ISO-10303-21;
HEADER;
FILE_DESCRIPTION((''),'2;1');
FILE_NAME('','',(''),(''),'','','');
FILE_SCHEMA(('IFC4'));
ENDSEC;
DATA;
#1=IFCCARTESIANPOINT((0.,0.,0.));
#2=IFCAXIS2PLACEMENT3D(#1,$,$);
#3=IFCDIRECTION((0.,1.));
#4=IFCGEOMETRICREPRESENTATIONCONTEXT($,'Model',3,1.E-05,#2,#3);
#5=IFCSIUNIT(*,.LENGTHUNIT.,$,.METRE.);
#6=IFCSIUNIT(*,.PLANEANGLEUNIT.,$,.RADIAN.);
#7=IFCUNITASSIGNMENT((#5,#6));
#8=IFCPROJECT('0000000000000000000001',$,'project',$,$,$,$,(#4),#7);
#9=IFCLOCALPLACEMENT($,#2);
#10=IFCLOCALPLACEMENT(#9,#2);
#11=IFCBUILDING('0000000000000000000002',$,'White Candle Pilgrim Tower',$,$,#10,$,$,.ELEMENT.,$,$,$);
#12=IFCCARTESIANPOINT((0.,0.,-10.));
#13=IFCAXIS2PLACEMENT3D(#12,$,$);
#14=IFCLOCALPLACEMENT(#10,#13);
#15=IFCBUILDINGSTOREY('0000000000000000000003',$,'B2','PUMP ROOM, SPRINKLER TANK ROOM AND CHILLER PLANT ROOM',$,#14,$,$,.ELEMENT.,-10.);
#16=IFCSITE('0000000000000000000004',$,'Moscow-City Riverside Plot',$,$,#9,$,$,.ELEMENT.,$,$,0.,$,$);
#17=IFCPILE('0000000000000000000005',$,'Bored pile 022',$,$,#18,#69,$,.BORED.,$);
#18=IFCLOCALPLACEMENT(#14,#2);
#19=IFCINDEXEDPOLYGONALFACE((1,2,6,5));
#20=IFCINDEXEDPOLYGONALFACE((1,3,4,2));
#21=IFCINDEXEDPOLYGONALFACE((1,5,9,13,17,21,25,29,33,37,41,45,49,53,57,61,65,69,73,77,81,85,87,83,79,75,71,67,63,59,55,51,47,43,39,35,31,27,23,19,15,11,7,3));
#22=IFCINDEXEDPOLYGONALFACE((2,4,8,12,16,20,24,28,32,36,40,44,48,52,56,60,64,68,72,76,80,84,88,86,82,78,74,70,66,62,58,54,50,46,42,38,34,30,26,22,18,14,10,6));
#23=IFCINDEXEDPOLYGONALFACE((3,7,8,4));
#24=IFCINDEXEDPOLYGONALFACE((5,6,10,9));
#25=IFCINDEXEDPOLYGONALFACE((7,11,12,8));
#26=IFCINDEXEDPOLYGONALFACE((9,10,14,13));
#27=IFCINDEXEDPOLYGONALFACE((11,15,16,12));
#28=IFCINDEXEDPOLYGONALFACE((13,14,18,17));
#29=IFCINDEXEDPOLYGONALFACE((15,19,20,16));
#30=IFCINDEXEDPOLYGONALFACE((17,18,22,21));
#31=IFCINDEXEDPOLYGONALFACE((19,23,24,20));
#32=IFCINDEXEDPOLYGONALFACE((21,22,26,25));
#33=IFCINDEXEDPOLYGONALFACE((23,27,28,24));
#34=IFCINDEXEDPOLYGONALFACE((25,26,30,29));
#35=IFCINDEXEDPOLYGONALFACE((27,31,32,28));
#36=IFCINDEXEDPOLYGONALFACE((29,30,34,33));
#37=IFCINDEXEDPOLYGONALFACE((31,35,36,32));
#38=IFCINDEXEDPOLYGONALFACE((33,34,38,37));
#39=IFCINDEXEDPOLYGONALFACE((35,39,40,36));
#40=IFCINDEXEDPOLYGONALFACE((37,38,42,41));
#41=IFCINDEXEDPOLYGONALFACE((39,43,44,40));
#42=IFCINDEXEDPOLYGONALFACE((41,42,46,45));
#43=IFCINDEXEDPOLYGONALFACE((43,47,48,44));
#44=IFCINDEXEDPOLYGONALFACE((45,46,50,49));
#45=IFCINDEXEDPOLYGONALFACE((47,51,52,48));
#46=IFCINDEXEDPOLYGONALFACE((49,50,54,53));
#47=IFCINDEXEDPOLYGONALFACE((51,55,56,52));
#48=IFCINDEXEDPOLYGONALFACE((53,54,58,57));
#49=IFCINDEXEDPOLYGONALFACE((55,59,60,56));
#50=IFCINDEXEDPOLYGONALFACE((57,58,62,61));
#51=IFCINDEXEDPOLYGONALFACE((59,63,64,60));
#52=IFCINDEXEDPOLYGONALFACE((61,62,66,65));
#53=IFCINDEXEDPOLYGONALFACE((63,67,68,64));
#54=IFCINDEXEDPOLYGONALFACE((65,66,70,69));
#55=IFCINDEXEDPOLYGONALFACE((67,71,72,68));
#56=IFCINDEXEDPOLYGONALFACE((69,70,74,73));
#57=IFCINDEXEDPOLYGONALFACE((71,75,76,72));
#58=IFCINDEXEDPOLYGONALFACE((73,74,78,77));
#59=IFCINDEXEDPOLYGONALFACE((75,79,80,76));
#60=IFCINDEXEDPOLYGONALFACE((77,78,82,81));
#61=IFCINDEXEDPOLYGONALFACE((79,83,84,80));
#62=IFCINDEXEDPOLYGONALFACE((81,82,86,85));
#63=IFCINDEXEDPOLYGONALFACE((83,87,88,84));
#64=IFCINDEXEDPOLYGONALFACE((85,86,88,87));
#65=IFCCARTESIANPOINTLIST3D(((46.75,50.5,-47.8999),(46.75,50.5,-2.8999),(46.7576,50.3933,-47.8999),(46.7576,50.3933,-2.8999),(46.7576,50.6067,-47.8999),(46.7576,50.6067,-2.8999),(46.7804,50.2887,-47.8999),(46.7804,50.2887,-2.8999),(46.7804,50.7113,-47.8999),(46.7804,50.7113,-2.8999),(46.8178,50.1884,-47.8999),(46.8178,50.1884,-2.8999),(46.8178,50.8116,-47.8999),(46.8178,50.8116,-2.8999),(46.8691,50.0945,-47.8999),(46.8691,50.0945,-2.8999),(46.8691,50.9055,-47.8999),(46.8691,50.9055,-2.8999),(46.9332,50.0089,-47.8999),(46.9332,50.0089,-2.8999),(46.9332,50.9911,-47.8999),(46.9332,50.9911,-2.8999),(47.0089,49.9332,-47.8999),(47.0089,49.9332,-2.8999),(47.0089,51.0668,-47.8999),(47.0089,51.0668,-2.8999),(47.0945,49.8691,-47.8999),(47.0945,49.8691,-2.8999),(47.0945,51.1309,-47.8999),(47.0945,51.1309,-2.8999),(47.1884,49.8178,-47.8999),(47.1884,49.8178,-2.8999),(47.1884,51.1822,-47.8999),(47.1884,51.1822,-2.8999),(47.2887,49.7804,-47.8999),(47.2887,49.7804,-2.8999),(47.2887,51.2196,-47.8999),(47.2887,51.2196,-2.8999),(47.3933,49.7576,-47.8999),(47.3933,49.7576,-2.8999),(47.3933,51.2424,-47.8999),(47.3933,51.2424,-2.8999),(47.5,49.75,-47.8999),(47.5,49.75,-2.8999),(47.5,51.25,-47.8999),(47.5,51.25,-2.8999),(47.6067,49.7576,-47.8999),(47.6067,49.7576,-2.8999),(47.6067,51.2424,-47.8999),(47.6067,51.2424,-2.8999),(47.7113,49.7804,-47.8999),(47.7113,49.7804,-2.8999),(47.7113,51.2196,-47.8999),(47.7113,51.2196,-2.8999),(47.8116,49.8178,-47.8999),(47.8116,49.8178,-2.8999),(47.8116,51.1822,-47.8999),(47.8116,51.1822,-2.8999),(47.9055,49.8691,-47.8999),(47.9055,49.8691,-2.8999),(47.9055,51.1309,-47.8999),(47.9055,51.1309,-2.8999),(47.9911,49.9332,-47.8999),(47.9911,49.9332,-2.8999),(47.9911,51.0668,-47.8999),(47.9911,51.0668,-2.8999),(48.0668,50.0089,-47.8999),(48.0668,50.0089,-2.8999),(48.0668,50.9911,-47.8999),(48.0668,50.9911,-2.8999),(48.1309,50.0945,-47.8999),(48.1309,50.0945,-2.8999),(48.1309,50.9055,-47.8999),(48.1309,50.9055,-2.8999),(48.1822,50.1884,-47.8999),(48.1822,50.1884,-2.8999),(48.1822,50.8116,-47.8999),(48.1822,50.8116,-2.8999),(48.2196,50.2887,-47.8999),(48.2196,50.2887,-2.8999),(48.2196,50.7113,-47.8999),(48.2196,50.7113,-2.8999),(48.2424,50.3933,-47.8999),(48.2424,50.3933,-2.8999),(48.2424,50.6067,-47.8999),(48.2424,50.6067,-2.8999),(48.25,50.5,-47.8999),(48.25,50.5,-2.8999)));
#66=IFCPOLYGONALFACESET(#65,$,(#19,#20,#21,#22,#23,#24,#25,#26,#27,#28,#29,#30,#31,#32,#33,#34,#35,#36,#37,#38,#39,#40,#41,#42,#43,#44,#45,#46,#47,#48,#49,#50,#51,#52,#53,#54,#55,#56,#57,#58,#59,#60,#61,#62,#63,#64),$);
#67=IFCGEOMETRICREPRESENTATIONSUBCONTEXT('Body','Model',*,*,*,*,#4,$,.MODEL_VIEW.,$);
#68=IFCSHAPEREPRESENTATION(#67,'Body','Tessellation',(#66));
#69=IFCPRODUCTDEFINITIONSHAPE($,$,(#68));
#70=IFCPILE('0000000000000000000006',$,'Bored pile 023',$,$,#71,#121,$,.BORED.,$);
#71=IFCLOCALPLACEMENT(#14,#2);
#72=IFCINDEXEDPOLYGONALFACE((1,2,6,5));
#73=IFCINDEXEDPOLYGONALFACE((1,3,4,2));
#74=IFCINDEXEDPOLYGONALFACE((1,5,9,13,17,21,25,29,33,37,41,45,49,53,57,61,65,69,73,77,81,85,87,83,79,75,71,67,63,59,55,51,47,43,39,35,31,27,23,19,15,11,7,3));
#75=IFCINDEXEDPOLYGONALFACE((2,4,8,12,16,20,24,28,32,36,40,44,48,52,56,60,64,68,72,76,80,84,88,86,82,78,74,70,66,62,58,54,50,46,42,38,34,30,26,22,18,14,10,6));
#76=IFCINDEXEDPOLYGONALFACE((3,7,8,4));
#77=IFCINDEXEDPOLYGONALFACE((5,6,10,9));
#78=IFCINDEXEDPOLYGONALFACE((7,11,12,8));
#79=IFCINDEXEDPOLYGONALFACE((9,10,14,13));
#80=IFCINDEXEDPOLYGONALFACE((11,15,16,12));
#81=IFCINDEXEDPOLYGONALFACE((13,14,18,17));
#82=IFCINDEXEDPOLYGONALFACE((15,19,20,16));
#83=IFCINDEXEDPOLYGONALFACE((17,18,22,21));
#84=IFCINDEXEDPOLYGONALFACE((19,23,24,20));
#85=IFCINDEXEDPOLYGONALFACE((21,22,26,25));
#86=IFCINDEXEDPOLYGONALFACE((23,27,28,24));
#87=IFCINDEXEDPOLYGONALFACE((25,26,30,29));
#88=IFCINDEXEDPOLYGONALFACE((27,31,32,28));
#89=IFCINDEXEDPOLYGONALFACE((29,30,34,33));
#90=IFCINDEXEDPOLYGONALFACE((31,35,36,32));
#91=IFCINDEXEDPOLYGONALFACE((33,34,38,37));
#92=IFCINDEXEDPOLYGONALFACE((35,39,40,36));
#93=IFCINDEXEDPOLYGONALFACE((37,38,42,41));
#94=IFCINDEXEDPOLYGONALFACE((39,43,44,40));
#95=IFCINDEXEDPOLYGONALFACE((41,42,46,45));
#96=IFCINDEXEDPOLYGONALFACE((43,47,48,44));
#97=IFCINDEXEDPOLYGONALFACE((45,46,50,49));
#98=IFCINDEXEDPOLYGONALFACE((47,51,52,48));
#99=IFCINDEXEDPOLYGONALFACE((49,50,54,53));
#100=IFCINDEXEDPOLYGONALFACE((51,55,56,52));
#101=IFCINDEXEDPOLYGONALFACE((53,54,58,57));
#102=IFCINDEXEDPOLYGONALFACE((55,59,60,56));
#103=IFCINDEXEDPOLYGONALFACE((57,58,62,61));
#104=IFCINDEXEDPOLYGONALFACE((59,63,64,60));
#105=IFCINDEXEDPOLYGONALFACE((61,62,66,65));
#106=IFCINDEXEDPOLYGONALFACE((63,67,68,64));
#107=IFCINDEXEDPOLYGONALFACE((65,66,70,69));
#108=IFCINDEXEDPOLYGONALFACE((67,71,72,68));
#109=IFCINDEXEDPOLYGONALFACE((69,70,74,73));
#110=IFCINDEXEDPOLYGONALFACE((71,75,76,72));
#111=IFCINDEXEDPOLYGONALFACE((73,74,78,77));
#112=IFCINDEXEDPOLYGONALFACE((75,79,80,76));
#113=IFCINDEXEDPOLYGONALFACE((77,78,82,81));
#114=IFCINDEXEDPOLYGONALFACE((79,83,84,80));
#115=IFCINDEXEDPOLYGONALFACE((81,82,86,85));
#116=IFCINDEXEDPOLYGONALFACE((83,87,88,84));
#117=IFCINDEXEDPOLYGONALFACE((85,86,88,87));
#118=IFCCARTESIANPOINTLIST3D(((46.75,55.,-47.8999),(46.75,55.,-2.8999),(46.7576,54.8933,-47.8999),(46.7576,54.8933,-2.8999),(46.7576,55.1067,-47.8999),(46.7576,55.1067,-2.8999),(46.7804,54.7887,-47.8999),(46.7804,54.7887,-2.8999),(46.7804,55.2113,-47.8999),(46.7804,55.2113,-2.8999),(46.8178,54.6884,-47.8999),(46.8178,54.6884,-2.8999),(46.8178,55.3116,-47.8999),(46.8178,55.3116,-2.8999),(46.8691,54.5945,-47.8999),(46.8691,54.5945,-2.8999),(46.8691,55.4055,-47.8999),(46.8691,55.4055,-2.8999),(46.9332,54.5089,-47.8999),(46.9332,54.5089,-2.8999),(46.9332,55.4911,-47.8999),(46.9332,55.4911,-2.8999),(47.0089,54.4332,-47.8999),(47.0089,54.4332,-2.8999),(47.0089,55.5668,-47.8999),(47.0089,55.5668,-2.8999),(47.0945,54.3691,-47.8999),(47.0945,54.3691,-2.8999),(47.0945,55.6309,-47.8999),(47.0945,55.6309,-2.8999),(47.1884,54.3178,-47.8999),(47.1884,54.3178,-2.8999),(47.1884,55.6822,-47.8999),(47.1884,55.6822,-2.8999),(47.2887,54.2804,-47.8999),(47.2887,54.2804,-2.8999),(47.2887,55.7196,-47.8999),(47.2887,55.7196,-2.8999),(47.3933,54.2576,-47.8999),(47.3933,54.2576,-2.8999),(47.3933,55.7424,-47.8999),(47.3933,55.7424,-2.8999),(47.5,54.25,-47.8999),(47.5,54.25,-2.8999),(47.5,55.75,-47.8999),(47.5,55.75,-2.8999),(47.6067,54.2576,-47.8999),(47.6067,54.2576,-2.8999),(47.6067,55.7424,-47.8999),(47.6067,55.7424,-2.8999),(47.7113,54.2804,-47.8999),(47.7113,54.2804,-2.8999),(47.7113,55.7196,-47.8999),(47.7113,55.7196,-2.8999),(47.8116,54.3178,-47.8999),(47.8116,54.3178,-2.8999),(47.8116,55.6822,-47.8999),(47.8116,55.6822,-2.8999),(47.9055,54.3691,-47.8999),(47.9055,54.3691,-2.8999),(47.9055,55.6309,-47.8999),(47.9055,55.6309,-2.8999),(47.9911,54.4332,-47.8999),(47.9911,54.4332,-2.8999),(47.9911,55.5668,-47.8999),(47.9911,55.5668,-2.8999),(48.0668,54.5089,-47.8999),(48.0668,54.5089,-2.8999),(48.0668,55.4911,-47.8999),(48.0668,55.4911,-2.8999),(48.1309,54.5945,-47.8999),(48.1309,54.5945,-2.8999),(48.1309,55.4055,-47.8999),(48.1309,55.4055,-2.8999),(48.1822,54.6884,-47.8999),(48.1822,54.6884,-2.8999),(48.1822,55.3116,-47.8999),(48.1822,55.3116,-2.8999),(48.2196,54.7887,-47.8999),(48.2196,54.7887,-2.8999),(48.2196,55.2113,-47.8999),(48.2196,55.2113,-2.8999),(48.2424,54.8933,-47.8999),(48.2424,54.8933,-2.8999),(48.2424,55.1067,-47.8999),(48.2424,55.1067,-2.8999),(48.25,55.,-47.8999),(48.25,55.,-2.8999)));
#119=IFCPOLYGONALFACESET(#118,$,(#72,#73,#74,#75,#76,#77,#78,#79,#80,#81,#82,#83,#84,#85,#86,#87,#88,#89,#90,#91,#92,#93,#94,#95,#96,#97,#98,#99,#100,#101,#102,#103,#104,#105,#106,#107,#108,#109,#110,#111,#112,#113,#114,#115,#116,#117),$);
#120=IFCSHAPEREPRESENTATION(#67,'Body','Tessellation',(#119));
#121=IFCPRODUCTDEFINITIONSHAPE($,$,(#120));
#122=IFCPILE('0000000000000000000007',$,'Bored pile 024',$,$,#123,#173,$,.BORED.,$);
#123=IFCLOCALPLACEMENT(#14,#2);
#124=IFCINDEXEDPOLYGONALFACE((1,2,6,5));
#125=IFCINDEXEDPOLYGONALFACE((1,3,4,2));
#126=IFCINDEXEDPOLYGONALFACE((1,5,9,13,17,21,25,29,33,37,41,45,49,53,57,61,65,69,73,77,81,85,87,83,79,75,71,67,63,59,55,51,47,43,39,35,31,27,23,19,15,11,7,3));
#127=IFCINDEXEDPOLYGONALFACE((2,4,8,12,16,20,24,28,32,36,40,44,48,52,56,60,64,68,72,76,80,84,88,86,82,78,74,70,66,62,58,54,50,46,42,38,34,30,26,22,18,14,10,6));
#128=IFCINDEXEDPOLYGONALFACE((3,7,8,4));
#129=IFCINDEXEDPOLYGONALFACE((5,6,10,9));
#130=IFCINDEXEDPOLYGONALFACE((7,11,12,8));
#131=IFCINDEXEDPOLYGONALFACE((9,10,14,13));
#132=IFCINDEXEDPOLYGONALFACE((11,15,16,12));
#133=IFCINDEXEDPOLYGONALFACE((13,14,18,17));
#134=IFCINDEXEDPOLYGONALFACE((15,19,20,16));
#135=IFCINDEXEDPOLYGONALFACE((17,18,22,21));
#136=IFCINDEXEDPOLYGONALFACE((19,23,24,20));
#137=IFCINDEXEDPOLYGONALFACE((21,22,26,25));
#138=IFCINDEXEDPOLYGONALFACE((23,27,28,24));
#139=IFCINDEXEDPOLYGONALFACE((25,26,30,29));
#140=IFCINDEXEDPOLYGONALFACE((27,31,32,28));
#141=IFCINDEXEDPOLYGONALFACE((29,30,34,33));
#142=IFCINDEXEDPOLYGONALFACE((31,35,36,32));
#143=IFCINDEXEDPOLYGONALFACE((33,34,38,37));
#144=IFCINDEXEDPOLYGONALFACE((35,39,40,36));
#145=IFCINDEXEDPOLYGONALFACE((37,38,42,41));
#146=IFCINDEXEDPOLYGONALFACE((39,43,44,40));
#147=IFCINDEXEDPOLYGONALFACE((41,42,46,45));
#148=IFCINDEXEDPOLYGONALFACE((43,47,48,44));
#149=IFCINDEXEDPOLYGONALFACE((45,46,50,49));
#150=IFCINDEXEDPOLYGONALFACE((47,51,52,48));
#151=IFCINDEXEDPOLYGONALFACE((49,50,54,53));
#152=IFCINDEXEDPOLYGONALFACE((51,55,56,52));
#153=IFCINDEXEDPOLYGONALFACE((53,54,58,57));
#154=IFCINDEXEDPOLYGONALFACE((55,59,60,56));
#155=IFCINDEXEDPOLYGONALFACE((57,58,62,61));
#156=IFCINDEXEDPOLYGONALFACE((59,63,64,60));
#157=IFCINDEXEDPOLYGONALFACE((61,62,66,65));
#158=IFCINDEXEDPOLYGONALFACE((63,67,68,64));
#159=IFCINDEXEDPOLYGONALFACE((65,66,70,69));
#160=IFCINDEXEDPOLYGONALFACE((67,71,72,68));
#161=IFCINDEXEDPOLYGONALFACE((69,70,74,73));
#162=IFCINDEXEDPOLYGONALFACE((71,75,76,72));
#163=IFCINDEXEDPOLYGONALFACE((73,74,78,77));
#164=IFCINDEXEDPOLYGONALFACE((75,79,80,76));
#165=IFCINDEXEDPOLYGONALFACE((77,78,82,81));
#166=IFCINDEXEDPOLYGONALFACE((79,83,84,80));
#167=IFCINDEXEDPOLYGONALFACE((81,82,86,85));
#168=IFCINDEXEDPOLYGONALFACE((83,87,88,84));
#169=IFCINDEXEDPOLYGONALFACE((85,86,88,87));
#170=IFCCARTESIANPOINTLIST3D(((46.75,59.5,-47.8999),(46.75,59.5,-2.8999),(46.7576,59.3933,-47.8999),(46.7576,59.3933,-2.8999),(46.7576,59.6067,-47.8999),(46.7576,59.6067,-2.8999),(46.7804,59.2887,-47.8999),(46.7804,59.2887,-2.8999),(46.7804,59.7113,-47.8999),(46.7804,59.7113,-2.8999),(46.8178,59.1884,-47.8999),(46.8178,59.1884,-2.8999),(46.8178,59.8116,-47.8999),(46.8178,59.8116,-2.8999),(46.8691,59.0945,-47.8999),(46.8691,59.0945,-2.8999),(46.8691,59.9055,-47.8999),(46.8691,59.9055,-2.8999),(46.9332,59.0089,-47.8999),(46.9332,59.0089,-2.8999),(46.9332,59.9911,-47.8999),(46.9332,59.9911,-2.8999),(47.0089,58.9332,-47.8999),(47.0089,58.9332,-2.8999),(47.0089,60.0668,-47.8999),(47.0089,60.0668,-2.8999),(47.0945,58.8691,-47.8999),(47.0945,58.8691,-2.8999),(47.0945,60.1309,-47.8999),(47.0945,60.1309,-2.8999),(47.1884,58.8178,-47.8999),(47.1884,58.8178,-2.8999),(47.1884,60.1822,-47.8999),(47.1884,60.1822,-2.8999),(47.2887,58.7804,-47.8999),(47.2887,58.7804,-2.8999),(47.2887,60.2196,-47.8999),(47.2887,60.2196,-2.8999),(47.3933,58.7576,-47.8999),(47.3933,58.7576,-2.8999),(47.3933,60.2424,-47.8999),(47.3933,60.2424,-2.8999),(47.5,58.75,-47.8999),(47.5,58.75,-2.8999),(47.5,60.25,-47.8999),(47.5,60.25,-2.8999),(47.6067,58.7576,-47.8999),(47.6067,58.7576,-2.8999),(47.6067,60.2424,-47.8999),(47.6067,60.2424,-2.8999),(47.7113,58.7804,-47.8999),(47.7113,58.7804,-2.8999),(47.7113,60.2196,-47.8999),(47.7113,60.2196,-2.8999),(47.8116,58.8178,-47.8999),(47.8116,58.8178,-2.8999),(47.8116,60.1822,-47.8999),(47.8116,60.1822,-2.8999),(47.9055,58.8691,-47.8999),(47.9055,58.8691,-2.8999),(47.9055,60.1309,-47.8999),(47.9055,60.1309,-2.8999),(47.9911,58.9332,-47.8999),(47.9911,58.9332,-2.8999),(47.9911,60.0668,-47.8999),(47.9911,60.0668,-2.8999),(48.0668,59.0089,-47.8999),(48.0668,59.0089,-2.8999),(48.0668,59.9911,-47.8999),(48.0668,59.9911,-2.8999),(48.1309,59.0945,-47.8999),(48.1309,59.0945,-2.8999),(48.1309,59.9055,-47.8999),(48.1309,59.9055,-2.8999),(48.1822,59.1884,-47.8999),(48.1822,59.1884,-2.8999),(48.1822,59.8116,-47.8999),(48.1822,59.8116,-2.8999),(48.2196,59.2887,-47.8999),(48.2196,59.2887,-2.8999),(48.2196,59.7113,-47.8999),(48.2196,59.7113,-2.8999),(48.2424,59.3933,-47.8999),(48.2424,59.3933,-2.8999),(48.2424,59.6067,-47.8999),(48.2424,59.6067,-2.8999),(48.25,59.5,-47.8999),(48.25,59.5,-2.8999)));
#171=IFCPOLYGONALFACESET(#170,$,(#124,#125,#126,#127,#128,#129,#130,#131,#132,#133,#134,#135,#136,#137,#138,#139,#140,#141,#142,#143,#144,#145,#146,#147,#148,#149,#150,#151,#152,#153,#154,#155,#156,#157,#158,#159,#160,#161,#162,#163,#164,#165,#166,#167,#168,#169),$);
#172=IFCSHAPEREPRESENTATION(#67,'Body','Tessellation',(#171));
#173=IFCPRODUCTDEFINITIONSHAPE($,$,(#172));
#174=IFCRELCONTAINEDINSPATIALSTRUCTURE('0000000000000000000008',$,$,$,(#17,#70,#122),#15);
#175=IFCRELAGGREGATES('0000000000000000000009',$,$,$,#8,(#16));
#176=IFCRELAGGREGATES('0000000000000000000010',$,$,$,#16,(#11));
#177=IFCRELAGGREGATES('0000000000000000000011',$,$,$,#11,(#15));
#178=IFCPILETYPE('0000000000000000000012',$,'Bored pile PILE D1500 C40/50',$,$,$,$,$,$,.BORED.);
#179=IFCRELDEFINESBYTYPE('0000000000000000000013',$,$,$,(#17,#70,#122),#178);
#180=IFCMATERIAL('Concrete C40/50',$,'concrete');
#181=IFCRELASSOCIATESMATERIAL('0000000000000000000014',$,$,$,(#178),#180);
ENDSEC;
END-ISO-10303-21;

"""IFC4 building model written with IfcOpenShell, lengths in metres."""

from ifc_helpers import new_model, si_unit, direction, frame, origin, origin_2d, place, context, subcontext, project, spatial, circle, extrude, material, material_profile, profile_set, type_object, element, save


model = new_model("IFC4")

# Units and contexts
model_context = context("Model", 3, precision=1e-05, world=origin(), true_north=direction((0.0, 1.0)))
body_context = subcontext(model_context, "Body", "Model", "MODEL_VIEW")
ifc_project = project(units=[si_unit("LENGTHUNIT", "METRE"), si_unit("PLANEANGLEUNIT", "RADIAN")], contexts=[model_context])

# Site, building, storey
site_placement = place(None, origin())
site = spatial("IfcSite", under=ifc_project, at=site_placement, Name="Moscow-City Riverside Plot", CompositionType="ELEMENT", RefElevation=0.0)
building_placement = place(site_placement, origin())
building = spatial("IfcBuilding", under=site, at=building_placement, Name="White Candle Pilgrim Tower", CompositionType="ELEMENT")
storey_placement = place(building_placement, frame((0.0, 0.0, -10.0)))
storey = spatial("IfcBuildingStorey", under=building, at=storey_placement, Name="B2", Description="PUMP ROOM, SPRINKLER TANK ROOM AND CHILLER PLANT ROOM", CompositionType="ELEMENT", Elevation=-10.0)

# Piles
ifc_material_1 = material(Name="Concrete C40/50", Category="concrete")
ifc_material_profile_1 = material_profile(ifc_material_1, circle(Radius=0.75, at=origin_2d()), Name="PILE D1500")
ifc_profile_set_1 = profile_set([ifc_material_profile_1], Name="Concrete C40/50")
pile_type_1 = type_object("IfcPileType", Name="Bored pile PILE D1500 C40/50", PredefinedType="BORED", material=ifc_profile_set_1)
for number, where, z_axis, x_axis, name in (
    (1, (47.5, 50.5, -2.8999), (0.0, 0.0, -1.0), (1.0, 0.0, 0.0), "Bored pile 022"),
    (2, (47.5, 55.0, -2.8999), (0.0, 0.0, -1.0), (1.0, 0.0, 0.0), "Bored pile 023"),
    (3, (47.5, 59.5, -2.8999), (0.0, 0.0, -1.0), (1.0, 0.0, 0.0), "Bored pile 024"),
):
    element("IfcPile", number, at=place(storey_placement, frame(where, z_axis=z_axis, x_axis=x_axis)), inside=storey, type_object=pile_type_1, Name=name, PredefinedType="BORED", context=body_context, shape_type="SweptSolid", body=[
        extrude(circle(Radius=0.75, at=origin_2d()), origin(), (0.0, 0.0, 1.0), 45.0),
    ])

save(model, "model.ifc")
